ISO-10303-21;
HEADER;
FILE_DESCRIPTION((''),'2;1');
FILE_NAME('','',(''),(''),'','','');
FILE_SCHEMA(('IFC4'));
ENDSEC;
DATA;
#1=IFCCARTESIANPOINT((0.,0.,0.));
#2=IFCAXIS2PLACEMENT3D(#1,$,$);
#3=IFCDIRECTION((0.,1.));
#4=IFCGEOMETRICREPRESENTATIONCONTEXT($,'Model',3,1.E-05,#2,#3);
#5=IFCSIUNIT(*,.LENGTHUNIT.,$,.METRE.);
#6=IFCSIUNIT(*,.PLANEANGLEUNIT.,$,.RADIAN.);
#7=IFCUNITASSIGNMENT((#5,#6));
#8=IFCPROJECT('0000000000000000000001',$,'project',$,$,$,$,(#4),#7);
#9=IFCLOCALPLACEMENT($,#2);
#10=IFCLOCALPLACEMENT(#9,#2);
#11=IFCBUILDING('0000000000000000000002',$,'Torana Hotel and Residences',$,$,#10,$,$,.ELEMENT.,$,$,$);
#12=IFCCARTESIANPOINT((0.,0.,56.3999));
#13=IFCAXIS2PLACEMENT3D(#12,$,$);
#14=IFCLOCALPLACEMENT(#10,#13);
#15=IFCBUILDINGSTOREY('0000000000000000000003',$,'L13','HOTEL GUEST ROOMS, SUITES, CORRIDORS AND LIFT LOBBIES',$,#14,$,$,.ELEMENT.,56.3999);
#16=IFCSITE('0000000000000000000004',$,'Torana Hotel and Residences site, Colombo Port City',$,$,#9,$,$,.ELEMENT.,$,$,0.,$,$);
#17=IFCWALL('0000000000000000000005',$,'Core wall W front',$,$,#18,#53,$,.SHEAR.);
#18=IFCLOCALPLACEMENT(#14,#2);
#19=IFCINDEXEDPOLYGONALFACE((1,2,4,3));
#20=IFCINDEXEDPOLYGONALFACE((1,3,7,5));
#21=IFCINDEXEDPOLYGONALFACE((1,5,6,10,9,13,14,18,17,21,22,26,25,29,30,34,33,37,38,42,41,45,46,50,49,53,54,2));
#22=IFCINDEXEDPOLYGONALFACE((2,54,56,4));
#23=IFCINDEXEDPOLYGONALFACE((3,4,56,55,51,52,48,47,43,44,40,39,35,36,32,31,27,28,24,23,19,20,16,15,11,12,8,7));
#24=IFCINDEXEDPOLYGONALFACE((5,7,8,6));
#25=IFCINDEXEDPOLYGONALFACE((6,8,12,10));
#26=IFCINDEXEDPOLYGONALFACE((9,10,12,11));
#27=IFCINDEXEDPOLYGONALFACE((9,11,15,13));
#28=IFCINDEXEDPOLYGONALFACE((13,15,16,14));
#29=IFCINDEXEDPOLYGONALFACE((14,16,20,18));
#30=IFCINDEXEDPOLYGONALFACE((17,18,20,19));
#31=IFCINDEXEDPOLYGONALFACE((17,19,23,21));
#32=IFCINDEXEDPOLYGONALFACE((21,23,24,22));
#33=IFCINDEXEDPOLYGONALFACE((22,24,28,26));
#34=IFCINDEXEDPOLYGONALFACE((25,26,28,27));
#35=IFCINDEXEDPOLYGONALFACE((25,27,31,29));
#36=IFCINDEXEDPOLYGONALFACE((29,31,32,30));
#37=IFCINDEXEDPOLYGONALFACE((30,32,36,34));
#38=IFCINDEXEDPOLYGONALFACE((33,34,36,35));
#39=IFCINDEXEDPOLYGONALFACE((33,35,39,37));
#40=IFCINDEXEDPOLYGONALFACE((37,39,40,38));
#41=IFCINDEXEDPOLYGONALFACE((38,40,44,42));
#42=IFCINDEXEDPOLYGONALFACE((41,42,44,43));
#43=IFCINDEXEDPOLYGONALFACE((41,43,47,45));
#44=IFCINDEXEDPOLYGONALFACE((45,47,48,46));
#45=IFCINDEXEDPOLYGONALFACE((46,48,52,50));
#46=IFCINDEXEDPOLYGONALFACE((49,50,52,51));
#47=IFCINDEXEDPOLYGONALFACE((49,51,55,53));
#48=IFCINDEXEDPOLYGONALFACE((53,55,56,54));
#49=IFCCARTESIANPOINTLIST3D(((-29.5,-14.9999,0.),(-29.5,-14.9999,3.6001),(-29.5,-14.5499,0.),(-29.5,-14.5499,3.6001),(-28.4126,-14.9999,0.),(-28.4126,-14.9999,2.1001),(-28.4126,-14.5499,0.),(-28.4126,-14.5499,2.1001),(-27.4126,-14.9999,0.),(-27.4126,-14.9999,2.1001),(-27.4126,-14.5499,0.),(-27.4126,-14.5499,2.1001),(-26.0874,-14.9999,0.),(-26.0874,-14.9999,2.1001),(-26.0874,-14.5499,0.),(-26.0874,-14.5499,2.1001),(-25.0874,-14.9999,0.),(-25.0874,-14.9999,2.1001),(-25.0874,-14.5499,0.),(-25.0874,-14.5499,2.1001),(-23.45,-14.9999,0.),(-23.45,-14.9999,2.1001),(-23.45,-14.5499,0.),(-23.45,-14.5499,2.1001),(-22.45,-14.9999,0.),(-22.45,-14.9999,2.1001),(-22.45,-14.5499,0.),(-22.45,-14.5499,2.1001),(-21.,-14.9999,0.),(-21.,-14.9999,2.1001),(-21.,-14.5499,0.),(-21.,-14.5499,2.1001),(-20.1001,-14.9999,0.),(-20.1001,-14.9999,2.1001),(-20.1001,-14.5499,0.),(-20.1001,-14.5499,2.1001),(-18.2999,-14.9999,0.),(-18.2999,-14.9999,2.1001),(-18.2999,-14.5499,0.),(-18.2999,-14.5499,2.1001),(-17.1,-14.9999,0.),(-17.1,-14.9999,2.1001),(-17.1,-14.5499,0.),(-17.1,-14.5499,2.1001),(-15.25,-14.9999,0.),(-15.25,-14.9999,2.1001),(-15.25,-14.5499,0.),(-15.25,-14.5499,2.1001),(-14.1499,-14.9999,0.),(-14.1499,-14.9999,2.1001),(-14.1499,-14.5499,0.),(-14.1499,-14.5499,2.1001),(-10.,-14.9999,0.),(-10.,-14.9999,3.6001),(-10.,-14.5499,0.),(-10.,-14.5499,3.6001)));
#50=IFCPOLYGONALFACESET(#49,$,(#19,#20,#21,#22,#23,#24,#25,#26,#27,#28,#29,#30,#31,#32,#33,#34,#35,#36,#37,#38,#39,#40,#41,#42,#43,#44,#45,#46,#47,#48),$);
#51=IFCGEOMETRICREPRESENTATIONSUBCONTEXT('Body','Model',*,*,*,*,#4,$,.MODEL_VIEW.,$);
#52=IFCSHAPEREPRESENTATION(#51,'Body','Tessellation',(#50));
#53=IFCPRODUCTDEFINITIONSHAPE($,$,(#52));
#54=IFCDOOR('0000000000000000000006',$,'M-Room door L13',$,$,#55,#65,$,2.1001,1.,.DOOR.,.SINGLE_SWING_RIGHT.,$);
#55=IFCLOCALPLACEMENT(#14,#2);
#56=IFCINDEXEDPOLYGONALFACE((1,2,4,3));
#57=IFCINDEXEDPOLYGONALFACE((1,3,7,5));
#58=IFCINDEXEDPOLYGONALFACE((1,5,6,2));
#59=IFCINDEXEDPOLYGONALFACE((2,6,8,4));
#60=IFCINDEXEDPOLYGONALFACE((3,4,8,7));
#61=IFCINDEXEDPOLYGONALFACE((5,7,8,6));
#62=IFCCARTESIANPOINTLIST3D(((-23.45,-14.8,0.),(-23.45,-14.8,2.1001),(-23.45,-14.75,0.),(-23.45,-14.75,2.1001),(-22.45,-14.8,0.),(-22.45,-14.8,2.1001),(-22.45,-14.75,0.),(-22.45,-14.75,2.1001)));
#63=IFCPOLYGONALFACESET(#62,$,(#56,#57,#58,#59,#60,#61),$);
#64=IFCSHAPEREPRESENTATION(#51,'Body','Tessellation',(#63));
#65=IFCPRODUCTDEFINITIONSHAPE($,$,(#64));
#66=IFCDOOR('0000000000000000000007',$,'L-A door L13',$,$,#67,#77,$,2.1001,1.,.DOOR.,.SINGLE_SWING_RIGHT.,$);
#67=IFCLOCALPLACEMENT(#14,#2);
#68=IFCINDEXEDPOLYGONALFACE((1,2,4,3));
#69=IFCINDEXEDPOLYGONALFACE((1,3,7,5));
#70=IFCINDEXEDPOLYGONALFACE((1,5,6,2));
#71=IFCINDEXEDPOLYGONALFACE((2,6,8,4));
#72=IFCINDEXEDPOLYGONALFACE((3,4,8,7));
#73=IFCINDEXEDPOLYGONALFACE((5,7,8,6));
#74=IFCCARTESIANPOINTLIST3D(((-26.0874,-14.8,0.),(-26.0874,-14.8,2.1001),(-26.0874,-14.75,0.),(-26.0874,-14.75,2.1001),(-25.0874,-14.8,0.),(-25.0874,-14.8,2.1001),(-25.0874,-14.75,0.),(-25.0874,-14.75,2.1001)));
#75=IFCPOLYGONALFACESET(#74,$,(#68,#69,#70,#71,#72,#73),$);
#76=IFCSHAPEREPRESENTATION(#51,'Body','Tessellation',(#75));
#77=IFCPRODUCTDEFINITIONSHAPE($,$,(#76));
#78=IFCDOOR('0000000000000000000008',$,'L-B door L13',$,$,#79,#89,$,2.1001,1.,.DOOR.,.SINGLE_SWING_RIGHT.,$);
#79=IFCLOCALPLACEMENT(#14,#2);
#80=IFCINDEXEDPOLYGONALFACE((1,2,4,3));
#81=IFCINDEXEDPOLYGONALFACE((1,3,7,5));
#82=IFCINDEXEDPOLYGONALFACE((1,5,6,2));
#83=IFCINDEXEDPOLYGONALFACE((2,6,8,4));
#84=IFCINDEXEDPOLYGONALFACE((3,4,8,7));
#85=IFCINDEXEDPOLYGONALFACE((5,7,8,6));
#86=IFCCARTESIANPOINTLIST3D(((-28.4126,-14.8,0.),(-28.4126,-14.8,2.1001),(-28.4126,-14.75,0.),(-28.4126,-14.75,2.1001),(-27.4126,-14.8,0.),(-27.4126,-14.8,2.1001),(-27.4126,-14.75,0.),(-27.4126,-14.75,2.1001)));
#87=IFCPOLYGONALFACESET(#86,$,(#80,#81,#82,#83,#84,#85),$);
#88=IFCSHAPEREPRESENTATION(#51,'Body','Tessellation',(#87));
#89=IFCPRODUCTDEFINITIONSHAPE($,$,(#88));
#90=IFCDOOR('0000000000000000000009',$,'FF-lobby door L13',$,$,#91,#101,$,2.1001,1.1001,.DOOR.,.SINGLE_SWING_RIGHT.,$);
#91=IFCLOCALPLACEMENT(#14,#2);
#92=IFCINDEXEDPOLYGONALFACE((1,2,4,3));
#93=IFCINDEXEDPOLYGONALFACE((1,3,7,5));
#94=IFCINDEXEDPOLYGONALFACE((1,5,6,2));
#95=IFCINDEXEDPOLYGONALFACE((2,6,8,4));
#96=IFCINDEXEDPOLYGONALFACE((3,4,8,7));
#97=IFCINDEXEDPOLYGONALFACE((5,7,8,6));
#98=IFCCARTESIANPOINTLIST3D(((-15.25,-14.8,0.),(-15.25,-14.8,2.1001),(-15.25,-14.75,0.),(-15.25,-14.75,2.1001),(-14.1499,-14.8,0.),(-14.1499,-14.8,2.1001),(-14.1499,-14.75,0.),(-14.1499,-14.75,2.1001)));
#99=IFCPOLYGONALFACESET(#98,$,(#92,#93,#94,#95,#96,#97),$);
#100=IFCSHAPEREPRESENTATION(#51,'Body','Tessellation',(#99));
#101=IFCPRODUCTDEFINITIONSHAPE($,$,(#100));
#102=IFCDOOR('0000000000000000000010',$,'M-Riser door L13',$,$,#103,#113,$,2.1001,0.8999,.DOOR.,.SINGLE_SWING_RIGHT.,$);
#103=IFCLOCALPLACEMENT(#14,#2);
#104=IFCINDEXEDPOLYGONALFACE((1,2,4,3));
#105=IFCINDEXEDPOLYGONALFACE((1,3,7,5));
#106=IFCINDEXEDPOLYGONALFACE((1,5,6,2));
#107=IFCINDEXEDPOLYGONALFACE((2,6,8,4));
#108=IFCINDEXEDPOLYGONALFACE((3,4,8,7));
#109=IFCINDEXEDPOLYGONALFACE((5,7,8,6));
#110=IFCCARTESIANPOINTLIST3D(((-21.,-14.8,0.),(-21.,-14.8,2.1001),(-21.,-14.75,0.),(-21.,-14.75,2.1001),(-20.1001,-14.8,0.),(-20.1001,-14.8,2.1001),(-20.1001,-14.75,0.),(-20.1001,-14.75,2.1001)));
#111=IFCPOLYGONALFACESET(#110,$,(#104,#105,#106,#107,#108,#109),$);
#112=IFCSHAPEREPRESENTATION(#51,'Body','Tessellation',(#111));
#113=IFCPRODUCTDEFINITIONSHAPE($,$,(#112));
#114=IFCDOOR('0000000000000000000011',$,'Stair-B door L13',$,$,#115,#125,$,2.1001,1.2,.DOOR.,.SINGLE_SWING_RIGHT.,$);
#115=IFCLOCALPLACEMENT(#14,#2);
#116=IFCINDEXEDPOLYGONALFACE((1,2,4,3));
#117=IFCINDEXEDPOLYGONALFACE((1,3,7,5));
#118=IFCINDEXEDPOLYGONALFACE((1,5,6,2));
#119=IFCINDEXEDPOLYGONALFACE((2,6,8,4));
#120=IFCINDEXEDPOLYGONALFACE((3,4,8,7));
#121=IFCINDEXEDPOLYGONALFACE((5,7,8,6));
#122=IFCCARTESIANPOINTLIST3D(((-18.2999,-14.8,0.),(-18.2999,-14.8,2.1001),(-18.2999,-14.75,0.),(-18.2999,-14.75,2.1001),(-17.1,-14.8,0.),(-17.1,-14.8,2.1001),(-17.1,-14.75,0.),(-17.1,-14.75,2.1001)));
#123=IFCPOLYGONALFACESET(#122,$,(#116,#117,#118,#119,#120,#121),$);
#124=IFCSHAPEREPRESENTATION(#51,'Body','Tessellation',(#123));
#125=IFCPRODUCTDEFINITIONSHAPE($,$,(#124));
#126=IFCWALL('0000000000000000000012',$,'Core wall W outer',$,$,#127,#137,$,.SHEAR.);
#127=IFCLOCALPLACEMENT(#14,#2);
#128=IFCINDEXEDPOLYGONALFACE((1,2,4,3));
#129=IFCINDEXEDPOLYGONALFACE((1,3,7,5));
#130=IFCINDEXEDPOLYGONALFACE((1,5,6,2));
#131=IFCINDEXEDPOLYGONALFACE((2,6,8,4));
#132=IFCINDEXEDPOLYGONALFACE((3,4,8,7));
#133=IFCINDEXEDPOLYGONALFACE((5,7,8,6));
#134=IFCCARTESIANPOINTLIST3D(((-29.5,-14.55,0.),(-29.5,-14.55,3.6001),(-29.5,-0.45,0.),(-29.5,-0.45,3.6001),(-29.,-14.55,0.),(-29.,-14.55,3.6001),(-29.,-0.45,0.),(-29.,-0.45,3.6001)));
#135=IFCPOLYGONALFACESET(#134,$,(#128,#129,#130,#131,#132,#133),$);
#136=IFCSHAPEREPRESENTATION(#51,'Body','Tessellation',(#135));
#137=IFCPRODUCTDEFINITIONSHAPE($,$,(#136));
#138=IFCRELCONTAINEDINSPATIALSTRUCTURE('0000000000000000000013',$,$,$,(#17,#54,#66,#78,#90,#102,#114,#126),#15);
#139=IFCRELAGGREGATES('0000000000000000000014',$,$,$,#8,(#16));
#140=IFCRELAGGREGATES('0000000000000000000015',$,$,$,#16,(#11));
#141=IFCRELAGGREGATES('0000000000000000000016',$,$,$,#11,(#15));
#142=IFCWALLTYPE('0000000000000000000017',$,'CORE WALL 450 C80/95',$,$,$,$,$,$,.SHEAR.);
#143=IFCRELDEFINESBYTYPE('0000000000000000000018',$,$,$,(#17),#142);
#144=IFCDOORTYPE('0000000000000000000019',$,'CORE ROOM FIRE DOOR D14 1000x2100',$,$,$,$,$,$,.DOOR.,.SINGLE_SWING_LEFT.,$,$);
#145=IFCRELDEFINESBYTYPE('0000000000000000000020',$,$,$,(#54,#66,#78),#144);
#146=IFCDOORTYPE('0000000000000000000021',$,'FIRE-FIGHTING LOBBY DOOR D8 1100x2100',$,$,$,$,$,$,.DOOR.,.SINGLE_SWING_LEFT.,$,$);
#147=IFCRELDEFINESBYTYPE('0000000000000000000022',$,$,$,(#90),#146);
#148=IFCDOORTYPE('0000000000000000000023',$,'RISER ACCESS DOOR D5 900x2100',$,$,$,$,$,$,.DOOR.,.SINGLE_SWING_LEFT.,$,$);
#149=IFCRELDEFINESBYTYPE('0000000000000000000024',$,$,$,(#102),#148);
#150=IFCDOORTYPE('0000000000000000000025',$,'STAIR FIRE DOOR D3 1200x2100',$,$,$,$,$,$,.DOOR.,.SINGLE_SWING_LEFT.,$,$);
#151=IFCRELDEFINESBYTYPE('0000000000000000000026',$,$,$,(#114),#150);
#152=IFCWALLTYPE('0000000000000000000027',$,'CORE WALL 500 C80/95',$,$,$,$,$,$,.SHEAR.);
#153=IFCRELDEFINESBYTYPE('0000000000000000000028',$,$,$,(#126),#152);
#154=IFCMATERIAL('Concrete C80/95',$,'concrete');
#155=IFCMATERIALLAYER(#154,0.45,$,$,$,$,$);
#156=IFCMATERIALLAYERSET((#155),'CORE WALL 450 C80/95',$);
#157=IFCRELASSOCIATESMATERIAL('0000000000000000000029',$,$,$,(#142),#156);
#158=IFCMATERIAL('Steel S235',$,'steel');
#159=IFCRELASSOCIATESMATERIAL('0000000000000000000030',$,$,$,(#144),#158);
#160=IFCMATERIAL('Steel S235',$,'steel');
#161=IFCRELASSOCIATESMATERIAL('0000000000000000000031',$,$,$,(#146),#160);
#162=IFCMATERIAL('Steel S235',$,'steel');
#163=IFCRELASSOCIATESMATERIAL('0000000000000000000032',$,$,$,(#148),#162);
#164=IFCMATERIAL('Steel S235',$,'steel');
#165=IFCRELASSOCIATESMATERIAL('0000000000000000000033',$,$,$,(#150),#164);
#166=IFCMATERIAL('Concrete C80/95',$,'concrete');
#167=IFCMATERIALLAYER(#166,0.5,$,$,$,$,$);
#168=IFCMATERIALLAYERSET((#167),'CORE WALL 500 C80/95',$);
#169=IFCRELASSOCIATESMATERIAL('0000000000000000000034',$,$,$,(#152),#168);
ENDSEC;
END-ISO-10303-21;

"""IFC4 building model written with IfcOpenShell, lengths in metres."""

from ifc_helpers import new_model, si_unit, direction, frame, frame_2d, origin, place, context, subcontext, project, spatial, rectangle, extrude, material, layer, layer_set, type_object, element, fill, save


model = new_model("IFC4")

# Units and contexts
model_context = context("Model", 3, precision=1e-05, world=origin(), true_north=direction((0.0, 1.0)))
body_context = subcontext(model_context, "Body", "Model", "MODEL_VIEW")
ifc_project = project(units=[si_unit("LENGTHUNIT", "METRE"), si_unit("PLANEANGLEUNIT", "RADIAN")], contexts=[model_context])

# Site, building, storey
site_placement = place(None, origin())
site = spatial("IfcSite", under=ifc_project, at=site_placement, Name="Torana Hotel and Residences site, Colombo Port City", CompositionType="ELEMENT", RefElevation=0.0)
building_placement = place(site_placement, origin())
building = spatial("IfcBuilding", under=site, at=building_placement, Name="Torana Hotel and Residences", CompositionType="ELEMENT")
storey_placement = place(building_placement, frame((0.0, 0.0, 56.3999)))
storey = spatial("IfcBuildingStorey", under=building, at=storey_placement, Name="L13", Description="HOTEL GUEST ROOMS, SUITES, CORRIDORS AND LIFT LOBBIES", CompositionType="ELEMENT", Elevation=56.3999)

# Wall, openings, doors
ifc_material_1 = material(Name="Concrete C80/95", Category="concrete")
ifc_layer_1 = layer(ifc_material_1, 0.45)
ifc_layer_set_1 = layer_set([ifc_layer_1], Name="CORE WALL 450 C80/95")
wall_type_1 = type_object("IfcWallType", Name="CORE WALL 450 C80/95", PredefinedType="SHEAR", material=ifc_layer_set_1)
wall_1_placement = place(storey_placement, frame((-29.5, -14.7749, 0.0), z_axis=(0.0, 0.0, 1.0), x_axis=(1.0, 0.0, 0.0)))
wall_1 = element("IfcWall", 1, at=wall_1_placement, inside=storey, type_object=wall_type_1, Name="Core wall W front", PredefinedType="SHEAR", context=body_context, shape_type="SweptSolid", body=[
    extrude(rectangle(XDim=19.5, YDim=0.45, at=frame_2d((9.75, 0.0))), origin(), (0.0, 0.0, 1.0), 3.6001),
])
opening_1_placement = place(wall_1_placement, frame((11.2, 0.0, 0.0)))
opening_1 = element("IfcOpeningElement", 2, at=opening_1_placement, cuts=wall_1, PredefinedType="OPENING", context=body_context, shape_type="SweptSolid", body=[
    extrude(rectangle(XDim=1.2, YDim=2.1001, at=frame_2d((0.6001, 1.05))), frame((0.0, 0.2349, 0.0), z_axis=(0.0, -1.0, 0.0), x_axis=(1.0, 0.0, 0.0)), (0.0, 0.0, 1.0), 0.47),
])
opening_2_placement = place(wall_1_placement, frame((14.25, 0.0, 0.0)))
opening_2 = element("IfcOpeningElement", 3, at=opening_2_placement, cuts=wall_1, PredefinedType="OPENING", context=body_context, shape_type="SweptSolid", body=[
    extrude(rectangle(XDim=1.1001, YDim=2.1001, at=frame_2d((0.55, 1.05))), frame((0.0, 0.2349, 0.0), z_axis=(0.0, -1.0, 0.0), x_axis=(1.0, 0.0, 0.0)), (0.0, 0.0, 1.0), 0.47),
])
opening_3_placement = place(wall_1_placement, frame((8.5, 0.0, 0.0)))
opening_3 = element("IfcOpeningElement", 4, at=opening_3_placement, cuts=wall_1, PredefinedType="OPENING", context=body_context, shape_type="SweptSolid", body=[
    extrude(rectangle(XDim=0.8999, YDim=2.1001, at=frame_2d((0.45, 1.05))), frame((0.0, 0.2349, 0.0), z_axis=(0.0, -1.0, 0.0), x_axis=(1.0, 0.0, 0.0)), (0.0, 0.0, 1.0), 0.47),
])
opening_4_placement = place(wall_1_placement, frame((6.05, 0.0, 0.0)))
opening_4 = element("IfcOpeningElement", 5, at=opening_4_placement, cuts=wall_1, PredefinedType="OPENING", context=body_context, shape_type="SweptSolid", body=[
    extrude(rectangle(XDim=1.0, YDim=2.1001, at=frame_2d((0.5, 1.05))), frame((0.0, 0.2349, 0.0), z_axis=(0.0, -1.0, 0.0), x_axis=(1.0, 0.0, 0.0)), (0.0, 0.0, 1.0), 0.47),
])
opening_5_placement = place(wall_1_placement, frame((3.4126, 0.0, 0.0)))
opening_5 = element("IfcOpeningElement", 6, at=opening_5_placement, cuts=wall_1, PredefinedType="OPENING", context=body_context, shape_type="SweptSolid", body=[
    extrude(rectangle(XDim=1.0, YDim=2.1001, at=frame_2d((0.5, 1.05))), frame((0.0, 0.2349, 0.0), z_axis=(0.0, -1.0, 0.0), x_axis=(1.0, 0.0, 0.0)), (0.0, 0.0, 1.0), 0.47),
])
opening_6_placement = place(wall_1_placement, frame((1.0874, 0.0, 0.0)))
opening_6 = element("IfcOpeningElement", 7, at=opening_6_placement, cuts=wall_1, PredefinedType="OPENING", context=body_context, shape_type="SweptSolid", body=[
    extrude(rectangle(XDim=1.0, YDim=2.1001, at=frame_2d((0.5, 1.05))), frame((0.0, 0.2349, 0.0), z_axis=(0.0, -1.0, 0.0), x_axis=(1.0, 0.0, 0.0)), (0.0, 0.0, 1.0), 0.47),
])
ifc_material_2 = material(Name="Steel S235", Category="steel")
door_type_1 = type_object("IfcDoorType", Name="CORE ROOM FIRE DOOR D14 1000x2100", OperationType="SINGLE_SWING_LEFT", PredefinedType="DOOR", material=ifc_material_2)
door_1_placement = place(opening_4_placement, origin())
door_1 = element("IfcDoor", 8, at=door_1_placement, inside=storey, type_object=door_type_1, Name="M-Room door L13", OperationType="SINGLE_SWING_RIGHT", OverallHeight=2.1001, OverallWidth=1.0, PredefinedType="DOOR", context=body_context, shape_type="SweptSolid", body=[
    extrude(rectangle(XDim=1.0, YDim=2.1001, at=frame_2d((0.5, 1.05))), frame((0.0, 0.0249, 0.0), z_axis=(0.0, -1.0, 0.0), x_axis=(1.0, 0.0, 0.0)), (0.0, 0.0, 1.0), 0.05),
])
fill(opening_4, door_1)
door_2_placement = place(opening_5_placement, origin())
door_2 = element("IfcDoor", 9, at=door_2_placement, inside=storey, type_object=door_type_1, Name="L-A door L13", OperationType="SINGLE_SWING_RIGHT", OverallHeight=2.1001, OverallWidth=1.0, PredefinedType="DOOR", context=body_context, shape_type="SweptSolid", body=[
    extrude(rectangle(XDim=1.0, YDim=2.1001, at=frame_2d((0.5, 1.05))), frame((0.0, 0.0249, 0.0), z_axis=(0.0, -1.0, 0.0), x_axis=(1.0, 0.0, 0.0)), (0.0, 0.0, 1.0), 0.05),
])
fill(opening_5, door_2)
door_3_placement = place(opening_6_placement, origin())
door_3 = element("IfcDoor", 10, at=door_3_placement, inside=storey, type_object=door_type_1, Name="L-B door L13", OperationType="SINGLE_SWING_RIGHT", OverallHeight=2.1001, OverallWidth=1.0, PredefinedType="DOOR", context=body_context, shape_type="SweptSolid", body=[
    extrude(rectangle(XDim=1.0, YDim=2.1001, at=frame_2d((0.5, 1.05))), frame((0.0, 0.0249, 0.0), z_axis=(0.0, -1.0, 0.0), x_axis=(1.0, 0.0, 0.0)), (0.0, 0.0, 1.0), 0.05),
])
fill(opening_6, door_3)
ifc_material_3 = material(Name="Steel S235", Category="steel")
door_type_2 = type_object("IfcDoorType", Name="FIRE-FIGHTING LOBBY DOOR D8 1100x2100", OperationType="SINGLE_SWING_LEFT", PredefinedType="DOOR", material=ifc_material_3)
door_4_placement = place(opening_2_placement, origin())
door_4 = element("IfcDoor", 11, at=door_4_placement, inside=storey, type_object=door_type_2, Name="FF-lobby door L13", OperationType="SINGLE_SWING_RIGHT", OverallHeight=2.1001, OverallWidth=1.1001, PredefinedType="DOOR", context=body_context, shape_type="SweptSolid", body=[
    extrude(rectangle(XDim=1.1001, YDim=2.1001, at=frame_2d((0.55, 1.05))), frame((0.0, 0.0249, 0.0), z_axis=(0.0, -1.0, 0.0), x_axis=(1.0, 0.0, 0.0)), (0.0, 0.0, 1.0), 0.05),
])
fill(opening_2, door_4)
ifc_material_4 = material(Name="Steel S235", Category="steel")
door_type_3 = type_object("IfcDoorType", Name="RISER ACCESS DOOR D5 900x2100", OperationType="SINGLE_SWING_LEFT", PredefinedType="DOOR", material=ifc_material_4)
door_5_placement = place(opening_3_placement, origin())
door_5 = element("IfcDoor", 12, at=door_5_placement, inside=storey, type_object=door_type_3, Name="M-Riser door L13", OperationType="SINGLE_SWING_RIGHT", OverallHeight=2.1001, OverallWidth=0.8999, PredefinedType="DOOR", context=body_context, shape_type="SweptSolid", body=[
    extrude(rectangle(XDim=0.8999, YDim=2.1001, at=frame_2d((0.45, 1.05))), frame((0.0, 0.0249, 0.0), z_axis=(0.0, -1.0, 0.0), x_axis=(1.0, 0.0, 0.0)), (0.0, 0.0, 1.0), 0.05),
])
fill(opening_3, door_5)
ifc_material_5 = material(Name="Steel S235", Category="steel")
door_type_4 = type_object("IfcDoorType", Name="STAIR FIRE DOOR D3 1200x2100", OperationType="SINGLE_SWING_LEFT", PredefinedType="DOOR", material=ifc_material_5)
door_6_placement = place(opening_1_placement, origin())
door_6 = element("IfcDoor", 13, at=door_6_placement, inside=storey, type_object=door_type_4, Name="Stair-B door L13", OperationType="SINGLE_SWING_RIGHT", OverallHeight=2.1001, OverallWidth=1.2, PredefinedType="DOOR", context=body_context, shape_type="SweptSolid", body=[
    extrude(rectangle(XDim=1.2, YDim=2.1001, at=frame_2d((0.6001, 1.05))), frame((0.0, 0.0249, 0.0), z_axis=(0.0, -1.0, 0.0), x_axis=(1.0, 0.0, 0.0)), (0.0, 0.0, 1.0), 0.05),
])
fill(opening_1, door_6)

# Wall
ifc_material_6 = material(Name="Concrete C80/95", Category="concrete")
ifc_layer_2 = layer(ifc_material_6, 0.5)
ifc_layer_set_2 = layer_set([ifc_layer_2], Name="CORE WALL 500 C80/95")
wall_type_2 = type_object("IfcWallType", Name="CORE WALL 500 C80/95", PredefinedType="SHEAR", material=ifc_layer_set_2)
wall_2_placement = place(storey_placement, frame((-29.25, -14.55, 0.0), z_axis=(0.0, 0.0, 1.0), x_axis=(0.0, 1.0, 0.0)))
element("IfcWall", 14, at=wall_2_placement, inside=storey, type_object=wall_type_2, Name="Core wall W outer", PredefinedType="SHEAR", context=body_context, shape_type="SweptSolid", body=[
    extrude(rectangle(XDim=14.1001, YDim=0.5, at=frame_2d((7.05, 0.0))), origin(), (0.0, 0.0, 1.0), 3.6001),
])

save(model, "model.ifc")
